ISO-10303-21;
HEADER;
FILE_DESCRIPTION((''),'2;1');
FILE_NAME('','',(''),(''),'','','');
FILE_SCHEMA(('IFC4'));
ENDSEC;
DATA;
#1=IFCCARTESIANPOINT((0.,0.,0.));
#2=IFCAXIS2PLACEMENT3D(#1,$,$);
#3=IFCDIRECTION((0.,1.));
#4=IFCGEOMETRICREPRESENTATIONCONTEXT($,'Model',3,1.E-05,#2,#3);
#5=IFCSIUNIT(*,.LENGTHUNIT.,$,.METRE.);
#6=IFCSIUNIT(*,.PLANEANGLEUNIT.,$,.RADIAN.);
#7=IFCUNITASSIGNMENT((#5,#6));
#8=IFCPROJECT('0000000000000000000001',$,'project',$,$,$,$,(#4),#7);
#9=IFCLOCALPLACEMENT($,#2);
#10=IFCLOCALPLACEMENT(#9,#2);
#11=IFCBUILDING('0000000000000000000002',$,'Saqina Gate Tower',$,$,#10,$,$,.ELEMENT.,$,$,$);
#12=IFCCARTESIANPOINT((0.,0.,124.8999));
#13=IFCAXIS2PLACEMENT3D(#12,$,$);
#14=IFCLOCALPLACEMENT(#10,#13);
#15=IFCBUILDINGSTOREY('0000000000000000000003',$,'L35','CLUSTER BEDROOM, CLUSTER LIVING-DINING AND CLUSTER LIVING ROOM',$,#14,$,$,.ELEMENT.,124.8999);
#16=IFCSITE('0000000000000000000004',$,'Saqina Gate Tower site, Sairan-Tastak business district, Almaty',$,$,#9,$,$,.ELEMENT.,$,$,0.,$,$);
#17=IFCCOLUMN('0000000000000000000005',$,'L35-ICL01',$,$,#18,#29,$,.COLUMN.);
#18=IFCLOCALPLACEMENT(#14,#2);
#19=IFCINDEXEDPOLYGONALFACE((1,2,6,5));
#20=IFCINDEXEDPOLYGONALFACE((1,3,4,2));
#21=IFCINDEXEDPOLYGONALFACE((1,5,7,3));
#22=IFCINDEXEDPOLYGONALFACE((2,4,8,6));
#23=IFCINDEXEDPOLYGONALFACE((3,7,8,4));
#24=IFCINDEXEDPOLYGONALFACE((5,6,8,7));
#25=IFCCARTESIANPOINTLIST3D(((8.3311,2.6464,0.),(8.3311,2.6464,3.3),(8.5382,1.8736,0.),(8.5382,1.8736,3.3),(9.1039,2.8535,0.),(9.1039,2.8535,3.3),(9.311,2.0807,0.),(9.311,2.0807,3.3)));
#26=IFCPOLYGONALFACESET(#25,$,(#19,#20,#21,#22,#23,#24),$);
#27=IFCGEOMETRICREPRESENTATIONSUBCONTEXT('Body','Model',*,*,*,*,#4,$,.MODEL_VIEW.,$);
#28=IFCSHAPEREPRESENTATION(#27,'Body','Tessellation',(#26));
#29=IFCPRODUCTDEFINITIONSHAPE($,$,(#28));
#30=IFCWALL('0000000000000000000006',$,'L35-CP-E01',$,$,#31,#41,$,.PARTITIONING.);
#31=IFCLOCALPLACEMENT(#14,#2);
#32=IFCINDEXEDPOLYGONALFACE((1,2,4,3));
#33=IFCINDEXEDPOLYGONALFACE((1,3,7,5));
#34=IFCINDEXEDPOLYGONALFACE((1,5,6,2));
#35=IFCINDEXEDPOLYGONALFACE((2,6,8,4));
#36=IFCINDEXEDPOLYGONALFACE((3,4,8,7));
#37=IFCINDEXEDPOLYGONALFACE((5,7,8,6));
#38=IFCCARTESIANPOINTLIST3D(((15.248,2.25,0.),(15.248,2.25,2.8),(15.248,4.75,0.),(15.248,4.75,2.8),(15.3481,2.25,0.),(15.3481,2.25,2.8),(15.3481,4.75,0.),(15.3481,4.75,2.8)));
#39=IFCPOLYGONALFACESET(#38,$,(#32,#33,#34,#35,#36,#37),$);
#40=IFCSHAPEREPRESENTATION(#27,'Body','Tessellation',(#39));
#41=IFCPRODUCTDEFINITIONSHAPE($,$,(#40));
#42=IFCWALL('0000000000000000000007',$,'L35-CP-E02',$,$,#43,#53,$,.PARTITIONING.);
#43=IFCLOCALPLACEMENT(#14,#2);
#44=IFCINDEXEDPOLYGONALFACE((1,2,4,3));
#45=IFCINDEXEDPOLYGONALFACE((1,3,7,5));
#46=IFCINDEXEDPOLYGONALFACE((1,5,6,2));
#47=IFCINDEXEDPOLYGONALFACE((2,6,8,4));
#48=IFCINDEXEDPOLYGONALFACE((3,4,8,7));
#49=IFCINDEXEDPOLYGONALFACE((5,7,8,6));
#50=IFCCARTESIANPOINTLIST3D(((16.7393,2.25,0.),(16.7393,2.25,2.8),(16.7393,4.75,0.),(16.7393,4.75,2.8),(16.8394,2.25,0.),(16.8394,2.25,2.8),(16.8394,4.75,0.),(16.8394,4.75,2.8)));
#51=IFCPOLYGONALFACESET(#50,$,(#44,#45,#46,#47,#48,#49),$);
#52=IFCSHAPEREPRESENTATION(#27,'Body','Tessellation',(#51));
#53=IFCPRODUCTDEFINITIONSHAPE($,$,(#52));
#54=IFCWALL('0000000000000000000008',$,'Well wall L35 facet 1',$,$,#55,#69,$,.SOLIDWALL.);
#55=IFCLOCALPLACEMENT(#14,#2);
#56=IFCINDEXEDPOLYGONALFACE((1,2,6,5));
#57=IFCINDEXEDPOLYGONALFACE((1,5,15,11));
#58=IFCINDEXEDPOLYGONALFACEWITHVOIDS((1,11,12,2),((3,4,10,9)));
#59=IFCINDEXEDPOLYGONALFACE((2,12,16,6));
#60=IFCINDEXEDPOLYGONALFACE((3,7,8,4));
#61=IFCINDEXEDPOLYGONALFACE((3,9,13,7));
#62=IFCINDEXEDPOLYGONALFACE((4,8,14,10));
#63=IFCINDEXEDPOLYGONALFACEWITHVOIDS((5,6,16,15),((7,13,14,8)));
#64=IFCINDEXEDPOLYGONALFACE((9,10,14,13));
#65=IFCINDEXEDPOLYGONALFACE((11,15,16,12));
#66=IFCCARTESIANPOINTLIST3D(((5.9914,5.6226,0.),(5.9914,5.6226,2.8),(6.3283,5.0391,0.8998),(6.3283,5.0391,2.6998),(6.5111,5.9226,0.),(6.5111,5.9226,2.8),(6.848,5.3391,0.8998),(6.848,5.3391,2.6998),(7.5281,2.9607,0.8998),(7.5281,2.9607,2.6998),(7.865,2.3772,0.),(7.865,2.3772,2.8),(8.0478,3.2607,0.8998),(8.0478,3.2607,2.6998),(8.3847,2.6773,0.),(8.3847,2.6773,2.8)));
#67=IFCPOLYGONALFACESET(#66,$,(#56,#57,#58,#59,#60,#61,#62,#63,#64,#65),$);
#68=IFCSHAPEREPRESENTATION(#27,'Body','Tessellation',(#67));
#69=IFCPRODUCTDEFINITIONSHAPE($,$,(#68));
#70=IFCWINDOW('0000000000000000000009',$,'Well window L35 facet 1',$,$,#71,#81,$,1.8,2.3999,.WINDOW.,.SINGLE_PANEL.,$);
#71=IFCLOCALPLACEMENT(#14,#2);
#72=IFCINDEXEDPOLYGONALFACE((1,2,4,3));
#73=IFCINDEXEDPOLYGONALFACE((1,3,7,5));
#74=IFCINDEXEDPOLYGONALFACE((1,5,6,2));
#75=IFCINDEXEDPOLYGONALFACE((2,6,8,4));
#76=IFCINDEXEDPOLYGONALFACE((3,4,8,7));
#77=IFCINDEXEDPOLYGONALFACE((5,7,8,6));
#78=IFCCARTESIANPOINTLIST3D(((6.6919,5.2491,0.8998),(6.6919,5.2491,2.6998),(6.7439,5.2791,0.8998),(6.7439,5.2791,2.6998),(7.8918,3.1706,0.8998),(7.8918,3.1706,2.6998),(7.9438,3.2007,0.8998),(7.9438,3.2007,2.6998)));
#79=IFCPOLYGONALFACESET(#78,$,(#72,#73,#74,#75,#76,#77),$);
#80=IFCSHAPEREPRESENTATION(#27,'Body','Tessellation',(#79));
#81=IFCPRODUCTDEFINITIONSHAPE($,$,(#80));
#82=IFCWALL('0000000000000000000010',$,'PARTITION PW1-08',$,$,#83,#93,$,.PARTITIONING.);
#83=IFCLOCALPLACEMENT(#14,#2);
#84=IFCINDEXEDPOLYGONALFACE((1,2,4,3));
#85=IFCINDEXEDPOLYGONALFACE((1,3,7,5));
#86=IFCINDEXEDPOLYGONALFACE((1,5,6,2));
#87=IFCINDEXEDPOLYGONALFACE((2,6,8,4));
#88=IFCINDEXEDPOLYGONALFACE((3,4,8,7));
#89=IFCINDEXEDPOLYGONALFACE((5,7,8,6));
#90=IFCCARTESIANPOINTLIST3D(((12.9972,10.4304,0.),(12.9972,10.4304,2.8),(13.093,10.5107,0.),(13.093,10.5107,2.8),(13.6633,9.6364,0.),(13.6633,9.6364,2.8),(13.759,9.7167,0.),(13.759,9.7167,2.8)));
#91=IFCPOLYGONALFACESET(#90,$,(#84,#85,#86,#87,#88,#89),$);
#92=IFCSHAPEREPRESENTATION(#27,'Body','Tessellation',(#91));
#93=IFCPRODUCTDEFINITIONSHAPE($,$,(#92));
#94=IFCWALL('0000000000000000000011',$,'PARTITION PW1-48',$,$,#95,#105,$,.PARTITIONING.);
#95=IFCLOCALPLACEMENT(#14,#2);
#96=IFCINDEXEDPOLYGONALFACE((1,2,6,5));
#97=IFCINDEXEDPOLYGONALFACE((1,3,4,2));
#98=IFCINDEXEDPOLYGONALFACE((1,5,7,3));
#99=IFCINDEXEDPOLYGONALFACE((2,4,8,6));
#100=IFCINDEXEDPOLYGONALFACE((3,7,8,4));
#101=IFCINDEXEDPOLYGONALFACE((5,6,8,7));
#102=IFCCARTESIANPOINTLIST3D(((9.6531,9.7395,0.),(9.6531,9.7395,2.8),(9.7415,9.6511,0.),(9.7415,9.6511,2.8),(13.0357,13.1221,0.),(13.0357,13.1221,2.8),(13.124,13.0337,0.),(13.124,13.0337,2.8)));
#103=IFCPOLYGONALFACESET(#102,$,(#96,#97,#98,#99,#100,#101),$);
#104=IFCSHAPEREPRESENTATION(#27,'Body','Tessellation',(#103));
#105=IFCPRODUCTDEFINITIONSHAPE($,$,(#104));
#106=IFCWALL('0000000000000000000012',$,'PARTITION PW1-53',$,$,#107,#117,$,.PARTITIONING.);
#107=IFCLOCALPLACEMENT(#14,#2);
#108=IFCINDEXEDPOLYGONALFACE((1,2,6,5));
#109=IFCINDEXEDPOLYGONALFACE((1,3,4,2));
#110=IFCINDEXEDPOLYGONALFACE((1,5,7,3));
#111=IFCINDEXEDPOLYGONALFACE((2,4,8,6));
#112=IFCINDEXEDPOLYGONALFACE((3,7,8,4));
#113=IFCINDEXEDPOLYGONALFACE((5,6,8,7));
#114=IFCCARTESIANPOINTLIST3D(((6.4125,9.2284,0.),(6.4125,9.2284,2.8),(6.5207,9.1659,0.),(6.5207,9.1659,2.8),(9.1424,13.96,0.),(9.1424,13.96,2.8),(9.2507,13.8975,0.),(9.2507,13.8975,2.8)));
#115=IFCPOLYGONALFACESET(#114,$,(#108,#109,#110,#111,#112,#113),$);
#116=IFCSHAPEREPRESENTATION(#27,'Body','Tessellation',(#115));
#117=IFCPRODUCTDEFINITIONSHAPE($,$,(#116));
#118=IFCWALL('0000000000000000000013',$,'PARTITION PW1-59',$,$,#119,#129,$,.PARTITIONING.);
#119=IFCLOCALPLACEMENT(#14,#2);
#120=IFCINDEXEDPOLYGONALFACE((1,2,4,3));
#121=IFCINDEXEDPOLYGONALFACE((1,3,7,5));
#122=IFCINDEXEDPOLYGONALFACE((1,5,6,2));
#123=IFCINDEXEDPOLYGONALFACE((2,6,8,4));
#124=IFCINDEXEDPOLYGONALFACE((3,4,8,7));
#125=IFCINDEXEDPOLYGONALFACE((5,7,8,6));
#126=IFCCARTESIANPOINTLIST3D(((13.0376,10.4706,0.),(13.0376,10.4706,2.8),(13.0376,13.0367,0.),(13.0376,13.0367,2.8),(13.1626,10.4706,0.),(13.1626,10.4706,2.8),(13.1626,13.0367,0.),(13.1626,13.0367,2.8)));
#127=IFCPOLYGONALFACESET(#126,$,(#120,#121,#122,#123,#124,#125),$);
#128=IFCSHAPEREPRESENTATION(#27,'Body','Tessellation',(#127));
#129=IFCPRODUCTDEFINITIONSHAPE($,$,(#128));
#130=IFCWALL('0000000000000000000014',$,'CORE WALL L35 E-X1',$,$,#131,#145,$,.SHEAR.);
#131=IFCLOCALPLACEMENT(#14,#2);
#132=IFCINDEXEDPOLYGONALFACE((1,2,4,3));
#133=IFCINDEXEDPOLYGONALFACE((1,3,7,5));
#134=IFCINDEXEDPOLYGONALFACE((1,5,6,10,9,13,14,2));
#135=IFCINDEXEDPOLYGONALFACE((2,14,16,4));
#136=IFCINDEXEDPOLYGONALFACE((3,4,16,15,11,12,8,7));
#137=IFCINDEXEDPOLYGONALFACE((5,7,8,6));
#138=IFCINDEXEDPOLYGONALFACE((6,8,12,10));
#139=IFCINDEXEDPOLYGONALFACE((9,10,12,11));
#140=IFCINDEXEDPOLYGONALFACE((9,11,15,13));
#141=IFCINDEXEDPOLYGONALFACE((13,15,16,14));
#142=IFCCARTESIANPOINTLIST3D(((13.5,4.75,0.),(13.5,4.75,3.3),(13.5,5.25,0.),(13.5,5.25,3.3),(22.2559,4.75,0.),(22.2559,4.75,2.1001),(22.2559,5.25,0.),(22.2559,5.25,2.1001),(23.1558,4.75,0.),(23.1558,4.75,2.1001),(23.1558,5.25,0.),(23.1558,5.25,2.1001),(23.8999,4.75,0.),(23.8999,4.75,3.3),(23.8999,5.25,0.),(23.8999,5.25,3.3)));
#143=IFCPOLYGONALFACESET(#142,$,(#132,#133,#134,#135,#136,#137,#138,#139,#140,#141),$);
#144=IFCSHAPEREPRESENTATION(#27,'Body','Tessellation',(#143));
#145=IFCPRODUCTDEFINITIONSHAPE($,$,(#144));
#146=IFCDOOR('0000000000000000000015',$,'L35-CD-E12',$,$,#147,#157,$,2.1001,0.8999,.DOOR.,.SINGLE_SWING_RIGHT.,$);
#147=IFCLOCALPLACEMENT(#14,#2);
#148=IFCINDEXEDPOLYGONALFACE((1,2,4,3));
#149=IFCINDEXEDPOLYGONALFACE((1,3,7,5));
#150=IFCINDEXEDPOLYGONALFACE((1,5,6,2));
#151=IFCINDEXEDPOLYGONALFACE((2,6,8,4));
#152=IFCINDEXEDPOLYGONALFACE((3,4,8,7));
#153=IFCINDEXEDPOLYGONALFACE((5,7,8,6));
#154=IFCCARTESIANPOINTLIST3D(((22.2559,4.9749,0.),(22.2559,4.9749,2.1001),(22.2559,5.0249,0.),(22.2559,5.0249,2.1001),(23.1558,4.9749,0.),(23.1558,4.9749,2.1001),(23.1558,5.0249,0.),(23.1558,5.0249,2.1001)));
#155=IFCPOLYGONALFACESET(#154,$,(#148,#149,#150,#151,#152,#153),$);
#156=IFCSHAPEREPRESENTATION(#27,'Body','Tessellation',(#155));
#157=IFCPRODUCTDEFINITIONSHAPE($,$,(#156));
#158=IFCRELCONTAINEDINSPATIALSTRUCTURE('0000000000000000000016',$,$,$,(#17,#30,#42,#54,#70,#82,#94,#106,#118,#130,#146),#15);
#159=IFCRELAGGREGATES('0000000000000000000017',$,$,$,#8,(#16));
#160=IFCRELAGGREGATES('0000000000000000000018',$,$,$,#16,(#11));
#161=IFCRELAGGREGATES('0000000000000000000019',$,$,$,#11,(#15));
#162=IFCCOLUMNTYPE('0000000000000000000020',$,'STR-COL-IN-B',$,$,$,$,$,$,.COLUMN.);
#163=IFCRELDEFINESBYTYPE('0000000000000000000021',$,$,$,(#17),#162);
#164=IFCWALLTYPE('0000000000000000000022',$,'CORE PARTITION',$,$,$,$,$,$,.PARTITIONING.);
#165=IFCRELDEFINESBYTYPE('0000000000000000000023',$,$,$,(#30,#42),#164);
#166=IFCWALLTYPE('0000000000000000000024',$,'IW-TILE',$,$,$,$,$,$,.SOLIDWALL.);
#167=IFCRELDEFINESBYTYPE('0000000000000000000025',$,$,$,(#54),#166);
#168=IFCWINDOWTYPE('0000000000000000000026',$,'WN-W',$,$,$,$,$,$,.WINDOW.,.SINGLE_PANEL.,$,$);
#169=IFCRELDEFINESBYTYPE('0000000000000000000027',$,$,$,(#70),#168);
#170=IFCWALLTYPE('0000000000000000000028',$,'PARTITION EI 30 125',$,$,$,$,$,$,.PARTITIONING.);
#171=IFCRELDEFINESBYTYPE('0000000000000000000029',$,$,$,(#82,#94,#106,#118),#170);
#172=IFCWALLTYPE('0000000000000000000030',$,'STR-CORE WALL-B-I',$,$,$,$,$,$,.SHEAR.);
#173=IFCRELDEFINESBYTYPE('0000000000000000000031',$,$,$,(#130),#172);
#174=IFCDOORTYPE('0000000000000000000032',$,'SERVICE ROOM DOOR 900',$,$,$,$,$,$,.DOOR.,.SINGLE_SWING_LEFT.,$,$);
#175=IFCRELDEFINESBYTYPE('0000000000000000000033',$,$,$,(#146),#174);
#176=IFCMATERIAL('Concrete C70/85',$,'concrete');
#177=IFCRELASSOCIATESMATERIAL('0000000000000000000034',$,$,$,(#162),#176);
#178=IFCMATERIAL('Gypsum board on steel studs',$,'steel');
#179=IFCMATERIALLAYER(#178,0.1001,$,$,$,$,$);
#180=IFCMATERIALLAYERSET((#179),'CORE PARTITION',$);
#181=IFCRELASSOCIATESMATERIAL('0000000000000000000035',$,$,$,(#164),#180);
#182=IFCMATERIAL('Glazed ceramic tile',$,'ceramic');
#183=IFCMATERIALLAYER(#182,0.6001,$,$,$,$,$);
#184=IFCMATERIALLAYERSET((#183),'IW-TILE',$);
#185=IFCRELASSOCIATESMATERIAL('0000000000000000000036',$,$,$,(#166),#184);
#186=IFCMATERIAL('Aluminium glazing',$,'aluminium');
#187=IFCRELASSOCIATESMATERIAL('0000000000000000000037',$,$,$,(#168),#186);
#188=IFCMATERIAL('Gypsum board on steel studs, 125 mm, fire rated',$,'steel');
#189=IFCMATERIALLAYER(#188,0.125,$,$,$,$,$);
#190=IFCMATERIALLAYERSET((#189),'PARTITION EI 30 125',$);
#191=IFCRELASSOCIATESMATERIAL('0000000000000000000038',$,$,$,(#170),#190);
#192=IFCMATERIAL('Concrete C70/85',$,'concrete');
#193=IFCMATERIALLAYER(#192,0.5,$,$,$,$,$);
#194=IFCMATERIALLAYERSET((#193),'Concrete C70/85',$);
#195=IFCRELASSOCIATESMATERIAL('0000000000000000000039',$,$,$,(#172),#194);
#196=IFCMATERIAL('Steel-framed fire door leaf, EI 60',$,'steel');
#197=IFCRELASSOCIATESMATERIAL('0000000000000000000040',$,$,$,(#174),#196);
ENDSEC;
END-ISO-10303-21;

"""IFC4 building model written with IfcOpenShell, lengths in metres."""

from ifc_helpers import new_model, si_unit, direction, frame, frame_2d, origin, origin_2d, place, context, subcontext, project, spatial, rectangle, extrude, material, layer, layer_set, material_profile, profile_set, type_object, element, fill, save


model = new_model("IFC4")

# Units and contexts
model_context = context("Model", 3, precision=1e-05, world=origin(), true_north=direction((0.0, 1.0)))
body_context = subcontext(model_context, "Body", "Model", "MODEL_VIEW")
ifc_project = project(units=[si_unit("LENGTHUNIT", "METRE"), si_unit("PLANEANGLEUNIT", "RADIAN")], contexts=[model_context])

# Site, building, storey
site_placement = place(None, origin())
site = spatial("IfcSite", under=ifc_project, at=site_placement, Name="Saqina Gate Tower site, Sairan-Tastak business district, Almaty", CompositionType="ELEMENT", RefElevation=0.0)
building_placement = place(site_placement, origin())
building = spatial("IfcBuilding", under=site, at=building_placement, Name="Saqina Gate Tower", CompositionType="ELEMENT")
storey_placement = place(building_placement, frame((0.0, 0.0, 124.8999)))
storey = spatial("IfcBuildingStorey", under=building, at=storey_placement, Name="L35", Description="CLUSTER BEDROOM, CLUSTER LIVING-DINING AND CLUSTER LIVING ROOM", CompositionType="ELEMENT", Elevation=124.8999)

# Column
ifc_material_1 = material(Name="Concrete C70/85", Category="concrete")
ifc_material_profile = material_profile(ifc_material_1, rectangle(XDim=0.8, YDim=0.8, at=origin_2d()), Name="RC 800x800")
ifc_profile_set = profile_set([ifc_material_profile], Name="Concrete C70/85")
column_type = type_object("IfcColumnType", Name="STR-COL-IN-B", PredefinedType="COLUMN", material=ifc_profile_set)
column_placement = place(storey_placement, frame((8.821, 2.3635, 0.0), z_axis=(0.0, 0.0, 1.0), x_axis=(0.965926, 0.258819, 0.0)))
element("IfcColumn", 1, at=column_placement, inside=storey, type_object=column_type, Name="L35-ICL01", PredefinedType="COLUMN", context=body_context, shape_type="SweptSolid", body=[
    extrude(rectangle(XDim=0.8, YDim=0.8, at=origin_2d()), origin(), (0.0, 0.0, 1.0), 3.3),
])

# Walls
ifc_material_2 = material(Name="Gypsum board on steel studs", Category="steel")
ifc_layer_1 = layer(ifc_material_2, 0.1001)
ifc_layer_set_1 = layer_set([ifc_layer_1], Name="CORE PARTITION")
wall_type_1 = type_object("IfcWallType", Name="CORE PARTITION", PredefinedType="PARTITIONING", material=ifc_layer_set_1)
for number, where, z_axis, x_axis, name in (
    (2, (15.2981, 2.25, 0.0), (0.0, 0.0, 1.0), (0.0, 1.0, 0.0), "L35-CP-E01"),
    (3, (16.7893, 2.25, 0.0), (0.0, 0.0, 1.0), (0.0, 1.0, 0.0), "L35-CP-E02"),
):
    element("IfcWall", number, at=place(storey_placement, frame(where, z_axis=z_axis, x_axis=x_axis)), inside=storey, type_object=wall_type_1, Name=name, PredefinedType="PARTITIONING", context=body_context, shape_type="SweptSolid", body=[
        extrude(rectangle(XDim=2.5, YDim=0.1001, at=frame_2d((1.25, 0.0))), origin(), (0.0, 0.0, 1.0), 2.8),
    ])

# Wall, opening, window
ifc_material_3 = material(Name="Glazed ceramic tile", Category="ceramic")
ifc_layer_2 = layer(ifc_material_3, 0.6001)
ifc_layer_set_2 = layer_set([ifc_layer_2], Name="IW-TILE")
wall_type_2 = type_object("IfcWallType", Name="IW-TILE", PredefinedType="SOLIDWALL", material=ifc_layer_set_2)
wall_1_placement = place(storey_placement, frame((8.1248, 2.5273, 0.0), z_axis=(0.0, 0.0, 1.0), x_axis=(-0.499965, 0.866046, 0.0)))
wall_1 = element("IfcWall", 4, at=wall_1_placement, inside=storey, type_object=wall_type_2, Name="Well wall L35 facet 1", PredefinedType="SOLIDWALL", context=body_context, shape_type="SweptSolid", body=[
    extrude(rectangle(XDim=3.7473, YDim=0.6001, at=frame_2d((1.8735, 0.0))), origin(), (0.0, 0.0, 1.0), 2.8),
])
opening_1_placement = place(wall_1_placement, frame((0.6736, 0.0, 0.8999)))
opening_1 = element("IfcOpeningElement", 5, at=opening_1_placement, cuts=wall_1, PredefinedType="OPENING", context=body_context, shape_type="SweptSolid", body=[
    extrude(rectangle(XDim=2.3999, YDim=1.8, at=frame_2d((1.2, 0.8999))), frame((0.0, 0.312, 0.0), z_axis=(0.0, -1.0, 0.0), x_axis=(1.0, 0.0, 0.0)), (0.0, 0.0, 1.0), 0.624),
])
ifc_material_4 = material(Name="Aluminium glazing", Category="aluminium")
window_type = type_object("IfcWindowType", Name="WN-W", PartitioningType="SINGLE_PANEL", PredefinedType="WINDOW", material=ifc_material_4)
window_placement = place(opening_1_placement, origin())
window = element("IfcWindow", 6, at=window_placement, inside=storey, type_object=window_type, Name="Well window L35 facet 1", OverallHeight=1.8, OverallWidth=2.3999, PartitioningType="SINGLE_PANEL", PredefinedType="WINDOW", context=body_context, shape_type="SweptSolid", body=[
    extrude(rectangle(XDim=2.3999, YDim=1.8, at=frame_2d((1.2, 0.8999))), frame((0.0, -0.1199, 0.0), z_axis=(0.0, -1.0, 0.0), x_axis=(1.0, 0.0, 0.0)), (0.0, 0.0, 1.0), 0.0601),
])
fill(opening_1, window)

# Walls
ifc_material_5 = material(Name="Gypsum board on steel studs, 125 mm, fire rated", Category="steel")
ifc_layer_3 = layer(ifc_material_5, 0.125)
ifc_layer_set_3 = layer_set([ifc_layer_3], Name="PARTITION EI 30 125")
wall_type_3 = type_object("IfcWallType", Name="PARTITION EI 30 125", PredefinedType="PARTITIONING", material=ifc_layer_set_3)
wall_2_placement = place(storey_placement, frame((13.0452, 10.4705, 0.0), z_axis=(0.0, 0.0, 1.0), x_axis=(0.642684, -0.766132, 0.0)))
element("IfcWall", 7, at=wall_2_placement, inside=storey, type_object=wall_type_3, Name="PARTITION PW1-08", PredefinedType="PARTITIONING", context=body_context, shape_type="SweptSolid", body=[
    extrude(rectangle(XDim=1.0364, YDim=0.125, at=frame_2d((0.5181, 0.0))), origin(), (0.0, 0.0, 1.0), 2.8),
])
wall_3_placement = place(storey_placement, frame((9.6973, 9.6953, 0.0), z_axis=(0.0, 0.0, 1.0), x_axis=(0.707107, 0.707107, 0.0)))
element("IfcWall", 8, at=wall_3_placement, inside=storey, type_object=wall_type_3, Name="PARTITION PW1-48", PredefinedType="PARTITIONING", context=body_context, shape_type="SweptSolid", body=[
    extrude(rectangle(XDim=4.7837, YDim=0.125, at=frame_2d((2.3918, 0.0))), origin(), (0.0, 0.0, 1.0), 2.8),
])
wall_4_placement = place(storey_placement, frame((6.4666, 9.197, 0.0), z_axis=(0.0, 0.0, 1.0), x_axis=(0.499744, 0.866173, 0.0)))
element("IfcWall", 9, at=wall_4_placement, inside=storey, type_object=wall_type_3, Name="PARTITION PW1-53", PredefinedType="PARTITIONING", context=body_context, shape_type="SweptSolid", body=[
    extrude(rectangle(XDim=5.4626, YDim=0.125, at=frame_2d((2.7314, 0.0))), origin(), (0.0, 0.0, 1.0), 2.8),
])
wall_5_placement = place(storey_placement, frame((13.1001, 10.4705, 0.0), z_axis=(0.0, 0.0, 1.0), x_axis=(0.0, 1.0, 0.0)))
element("IfcWall", 10, at=wall_5_placement, inside=storey, type_object=wall_type_3, Name="PARTITION PW1-59", PredefinedType="PARTITIONING", context=body_context, shape_type="SweptSolid", body=[
    extrude(rectangle(XDim=2.5662, YDim=0.125, at=frame_2d((1.2832, 0.0))), origin(), (0.0, 0.0, 1.0), 2.8),
])

# Wall, opening, door
ifc_material_6 = material(Name="Concrete C70/85", Category="concrete")
ifc_layer_4 = layer(ifc_material_6, 0.5)
ifc_layer_set_4 = layer_set([ifc_layer_4], Name="Concrete C70/85")
wall_type_4 = type_object("IfcWallType", Name="STR-CORE WALL-B-I", PredefinedType="SHEAR", material=ifc_layer_set_4)
wall_6_placement = place(storey_placement, frame((13.5, 5.0, 0.0), z_axis=(0.0, 0.0, 1.0), x_axis=(1.0, 0.0, 0.0)))
wall_6 = element("IfcWall", 11, at=wall_6_placement, inside=storey, type_object=wall_type_4, Name="CORE WALL L35 E-X1", PredefinedType="SHEAR", context=body_context, shape_type="SweptSolid", body=[
    extrude(rectangle(XDim=10.3999, YDim=0.5, at=frame_2d((5.2, 0.0))), origin(), (0.0, 0.0, 1.0), 3.3),
])
opening_2_placement = place(wall_6_placement, frame((8.7559, 0.0, 0.0)))
opening_2 = element("IfcOpeningElement", 12, at=opening_2_placement, cuts=wall_6, PredefinedType="OPENING", context=body_context, shape_type="SweptSolid", body=[
    extrude(rectangle(XDim=0.8999, YDim=2.1001, at=frame_2d((0.45, 1.05))), frame((0.0, 0.262, 0.0), z_axis=(0.0, -1.0, 0.0), x_axis=(1.0, 0.0, 0.0)), (0.0, 0.0, 1.0), 0.5239),
])
ifc_material_7 = material(Name="Steel-framed fire door leaf, EI 60", Category="steel")
door_type_1 = type_object("IfcDoorType", Name="SERVICE ROOM DOOR 900", OperationType="SINGLE_SWING_LEFT", PredefinedType="DOOR", material=ifc_material_7)
door_1_placement = place(opening_2_placement, origin())
door_1 = element("IfcDoor", 13, at=door_1_placement, inside=storey, type_object=door_type_1, Name="L35-CD-E12", OperationType="SINGLE_SWING_RIGHT", OverallHeight=2.1001, OverallWidth=0.8999, PredefinedType="DOOR", context=body_context, shape_type="SweptSolid", body=[
    extrude(rectangle(XDim=0.8999, YDim=2.1001, at=frame_2d((0.45, 1.05))), frame((0.0, 0.0249, 0.0), z_axis=(0.0, -1.0, 0.0), x_axis=(1.0, 0.0, 0.0)), (0.0, 0.0, 1.0), 0.05),
])
fill(opening_2, door_1)

save(model, "model.ifc")
